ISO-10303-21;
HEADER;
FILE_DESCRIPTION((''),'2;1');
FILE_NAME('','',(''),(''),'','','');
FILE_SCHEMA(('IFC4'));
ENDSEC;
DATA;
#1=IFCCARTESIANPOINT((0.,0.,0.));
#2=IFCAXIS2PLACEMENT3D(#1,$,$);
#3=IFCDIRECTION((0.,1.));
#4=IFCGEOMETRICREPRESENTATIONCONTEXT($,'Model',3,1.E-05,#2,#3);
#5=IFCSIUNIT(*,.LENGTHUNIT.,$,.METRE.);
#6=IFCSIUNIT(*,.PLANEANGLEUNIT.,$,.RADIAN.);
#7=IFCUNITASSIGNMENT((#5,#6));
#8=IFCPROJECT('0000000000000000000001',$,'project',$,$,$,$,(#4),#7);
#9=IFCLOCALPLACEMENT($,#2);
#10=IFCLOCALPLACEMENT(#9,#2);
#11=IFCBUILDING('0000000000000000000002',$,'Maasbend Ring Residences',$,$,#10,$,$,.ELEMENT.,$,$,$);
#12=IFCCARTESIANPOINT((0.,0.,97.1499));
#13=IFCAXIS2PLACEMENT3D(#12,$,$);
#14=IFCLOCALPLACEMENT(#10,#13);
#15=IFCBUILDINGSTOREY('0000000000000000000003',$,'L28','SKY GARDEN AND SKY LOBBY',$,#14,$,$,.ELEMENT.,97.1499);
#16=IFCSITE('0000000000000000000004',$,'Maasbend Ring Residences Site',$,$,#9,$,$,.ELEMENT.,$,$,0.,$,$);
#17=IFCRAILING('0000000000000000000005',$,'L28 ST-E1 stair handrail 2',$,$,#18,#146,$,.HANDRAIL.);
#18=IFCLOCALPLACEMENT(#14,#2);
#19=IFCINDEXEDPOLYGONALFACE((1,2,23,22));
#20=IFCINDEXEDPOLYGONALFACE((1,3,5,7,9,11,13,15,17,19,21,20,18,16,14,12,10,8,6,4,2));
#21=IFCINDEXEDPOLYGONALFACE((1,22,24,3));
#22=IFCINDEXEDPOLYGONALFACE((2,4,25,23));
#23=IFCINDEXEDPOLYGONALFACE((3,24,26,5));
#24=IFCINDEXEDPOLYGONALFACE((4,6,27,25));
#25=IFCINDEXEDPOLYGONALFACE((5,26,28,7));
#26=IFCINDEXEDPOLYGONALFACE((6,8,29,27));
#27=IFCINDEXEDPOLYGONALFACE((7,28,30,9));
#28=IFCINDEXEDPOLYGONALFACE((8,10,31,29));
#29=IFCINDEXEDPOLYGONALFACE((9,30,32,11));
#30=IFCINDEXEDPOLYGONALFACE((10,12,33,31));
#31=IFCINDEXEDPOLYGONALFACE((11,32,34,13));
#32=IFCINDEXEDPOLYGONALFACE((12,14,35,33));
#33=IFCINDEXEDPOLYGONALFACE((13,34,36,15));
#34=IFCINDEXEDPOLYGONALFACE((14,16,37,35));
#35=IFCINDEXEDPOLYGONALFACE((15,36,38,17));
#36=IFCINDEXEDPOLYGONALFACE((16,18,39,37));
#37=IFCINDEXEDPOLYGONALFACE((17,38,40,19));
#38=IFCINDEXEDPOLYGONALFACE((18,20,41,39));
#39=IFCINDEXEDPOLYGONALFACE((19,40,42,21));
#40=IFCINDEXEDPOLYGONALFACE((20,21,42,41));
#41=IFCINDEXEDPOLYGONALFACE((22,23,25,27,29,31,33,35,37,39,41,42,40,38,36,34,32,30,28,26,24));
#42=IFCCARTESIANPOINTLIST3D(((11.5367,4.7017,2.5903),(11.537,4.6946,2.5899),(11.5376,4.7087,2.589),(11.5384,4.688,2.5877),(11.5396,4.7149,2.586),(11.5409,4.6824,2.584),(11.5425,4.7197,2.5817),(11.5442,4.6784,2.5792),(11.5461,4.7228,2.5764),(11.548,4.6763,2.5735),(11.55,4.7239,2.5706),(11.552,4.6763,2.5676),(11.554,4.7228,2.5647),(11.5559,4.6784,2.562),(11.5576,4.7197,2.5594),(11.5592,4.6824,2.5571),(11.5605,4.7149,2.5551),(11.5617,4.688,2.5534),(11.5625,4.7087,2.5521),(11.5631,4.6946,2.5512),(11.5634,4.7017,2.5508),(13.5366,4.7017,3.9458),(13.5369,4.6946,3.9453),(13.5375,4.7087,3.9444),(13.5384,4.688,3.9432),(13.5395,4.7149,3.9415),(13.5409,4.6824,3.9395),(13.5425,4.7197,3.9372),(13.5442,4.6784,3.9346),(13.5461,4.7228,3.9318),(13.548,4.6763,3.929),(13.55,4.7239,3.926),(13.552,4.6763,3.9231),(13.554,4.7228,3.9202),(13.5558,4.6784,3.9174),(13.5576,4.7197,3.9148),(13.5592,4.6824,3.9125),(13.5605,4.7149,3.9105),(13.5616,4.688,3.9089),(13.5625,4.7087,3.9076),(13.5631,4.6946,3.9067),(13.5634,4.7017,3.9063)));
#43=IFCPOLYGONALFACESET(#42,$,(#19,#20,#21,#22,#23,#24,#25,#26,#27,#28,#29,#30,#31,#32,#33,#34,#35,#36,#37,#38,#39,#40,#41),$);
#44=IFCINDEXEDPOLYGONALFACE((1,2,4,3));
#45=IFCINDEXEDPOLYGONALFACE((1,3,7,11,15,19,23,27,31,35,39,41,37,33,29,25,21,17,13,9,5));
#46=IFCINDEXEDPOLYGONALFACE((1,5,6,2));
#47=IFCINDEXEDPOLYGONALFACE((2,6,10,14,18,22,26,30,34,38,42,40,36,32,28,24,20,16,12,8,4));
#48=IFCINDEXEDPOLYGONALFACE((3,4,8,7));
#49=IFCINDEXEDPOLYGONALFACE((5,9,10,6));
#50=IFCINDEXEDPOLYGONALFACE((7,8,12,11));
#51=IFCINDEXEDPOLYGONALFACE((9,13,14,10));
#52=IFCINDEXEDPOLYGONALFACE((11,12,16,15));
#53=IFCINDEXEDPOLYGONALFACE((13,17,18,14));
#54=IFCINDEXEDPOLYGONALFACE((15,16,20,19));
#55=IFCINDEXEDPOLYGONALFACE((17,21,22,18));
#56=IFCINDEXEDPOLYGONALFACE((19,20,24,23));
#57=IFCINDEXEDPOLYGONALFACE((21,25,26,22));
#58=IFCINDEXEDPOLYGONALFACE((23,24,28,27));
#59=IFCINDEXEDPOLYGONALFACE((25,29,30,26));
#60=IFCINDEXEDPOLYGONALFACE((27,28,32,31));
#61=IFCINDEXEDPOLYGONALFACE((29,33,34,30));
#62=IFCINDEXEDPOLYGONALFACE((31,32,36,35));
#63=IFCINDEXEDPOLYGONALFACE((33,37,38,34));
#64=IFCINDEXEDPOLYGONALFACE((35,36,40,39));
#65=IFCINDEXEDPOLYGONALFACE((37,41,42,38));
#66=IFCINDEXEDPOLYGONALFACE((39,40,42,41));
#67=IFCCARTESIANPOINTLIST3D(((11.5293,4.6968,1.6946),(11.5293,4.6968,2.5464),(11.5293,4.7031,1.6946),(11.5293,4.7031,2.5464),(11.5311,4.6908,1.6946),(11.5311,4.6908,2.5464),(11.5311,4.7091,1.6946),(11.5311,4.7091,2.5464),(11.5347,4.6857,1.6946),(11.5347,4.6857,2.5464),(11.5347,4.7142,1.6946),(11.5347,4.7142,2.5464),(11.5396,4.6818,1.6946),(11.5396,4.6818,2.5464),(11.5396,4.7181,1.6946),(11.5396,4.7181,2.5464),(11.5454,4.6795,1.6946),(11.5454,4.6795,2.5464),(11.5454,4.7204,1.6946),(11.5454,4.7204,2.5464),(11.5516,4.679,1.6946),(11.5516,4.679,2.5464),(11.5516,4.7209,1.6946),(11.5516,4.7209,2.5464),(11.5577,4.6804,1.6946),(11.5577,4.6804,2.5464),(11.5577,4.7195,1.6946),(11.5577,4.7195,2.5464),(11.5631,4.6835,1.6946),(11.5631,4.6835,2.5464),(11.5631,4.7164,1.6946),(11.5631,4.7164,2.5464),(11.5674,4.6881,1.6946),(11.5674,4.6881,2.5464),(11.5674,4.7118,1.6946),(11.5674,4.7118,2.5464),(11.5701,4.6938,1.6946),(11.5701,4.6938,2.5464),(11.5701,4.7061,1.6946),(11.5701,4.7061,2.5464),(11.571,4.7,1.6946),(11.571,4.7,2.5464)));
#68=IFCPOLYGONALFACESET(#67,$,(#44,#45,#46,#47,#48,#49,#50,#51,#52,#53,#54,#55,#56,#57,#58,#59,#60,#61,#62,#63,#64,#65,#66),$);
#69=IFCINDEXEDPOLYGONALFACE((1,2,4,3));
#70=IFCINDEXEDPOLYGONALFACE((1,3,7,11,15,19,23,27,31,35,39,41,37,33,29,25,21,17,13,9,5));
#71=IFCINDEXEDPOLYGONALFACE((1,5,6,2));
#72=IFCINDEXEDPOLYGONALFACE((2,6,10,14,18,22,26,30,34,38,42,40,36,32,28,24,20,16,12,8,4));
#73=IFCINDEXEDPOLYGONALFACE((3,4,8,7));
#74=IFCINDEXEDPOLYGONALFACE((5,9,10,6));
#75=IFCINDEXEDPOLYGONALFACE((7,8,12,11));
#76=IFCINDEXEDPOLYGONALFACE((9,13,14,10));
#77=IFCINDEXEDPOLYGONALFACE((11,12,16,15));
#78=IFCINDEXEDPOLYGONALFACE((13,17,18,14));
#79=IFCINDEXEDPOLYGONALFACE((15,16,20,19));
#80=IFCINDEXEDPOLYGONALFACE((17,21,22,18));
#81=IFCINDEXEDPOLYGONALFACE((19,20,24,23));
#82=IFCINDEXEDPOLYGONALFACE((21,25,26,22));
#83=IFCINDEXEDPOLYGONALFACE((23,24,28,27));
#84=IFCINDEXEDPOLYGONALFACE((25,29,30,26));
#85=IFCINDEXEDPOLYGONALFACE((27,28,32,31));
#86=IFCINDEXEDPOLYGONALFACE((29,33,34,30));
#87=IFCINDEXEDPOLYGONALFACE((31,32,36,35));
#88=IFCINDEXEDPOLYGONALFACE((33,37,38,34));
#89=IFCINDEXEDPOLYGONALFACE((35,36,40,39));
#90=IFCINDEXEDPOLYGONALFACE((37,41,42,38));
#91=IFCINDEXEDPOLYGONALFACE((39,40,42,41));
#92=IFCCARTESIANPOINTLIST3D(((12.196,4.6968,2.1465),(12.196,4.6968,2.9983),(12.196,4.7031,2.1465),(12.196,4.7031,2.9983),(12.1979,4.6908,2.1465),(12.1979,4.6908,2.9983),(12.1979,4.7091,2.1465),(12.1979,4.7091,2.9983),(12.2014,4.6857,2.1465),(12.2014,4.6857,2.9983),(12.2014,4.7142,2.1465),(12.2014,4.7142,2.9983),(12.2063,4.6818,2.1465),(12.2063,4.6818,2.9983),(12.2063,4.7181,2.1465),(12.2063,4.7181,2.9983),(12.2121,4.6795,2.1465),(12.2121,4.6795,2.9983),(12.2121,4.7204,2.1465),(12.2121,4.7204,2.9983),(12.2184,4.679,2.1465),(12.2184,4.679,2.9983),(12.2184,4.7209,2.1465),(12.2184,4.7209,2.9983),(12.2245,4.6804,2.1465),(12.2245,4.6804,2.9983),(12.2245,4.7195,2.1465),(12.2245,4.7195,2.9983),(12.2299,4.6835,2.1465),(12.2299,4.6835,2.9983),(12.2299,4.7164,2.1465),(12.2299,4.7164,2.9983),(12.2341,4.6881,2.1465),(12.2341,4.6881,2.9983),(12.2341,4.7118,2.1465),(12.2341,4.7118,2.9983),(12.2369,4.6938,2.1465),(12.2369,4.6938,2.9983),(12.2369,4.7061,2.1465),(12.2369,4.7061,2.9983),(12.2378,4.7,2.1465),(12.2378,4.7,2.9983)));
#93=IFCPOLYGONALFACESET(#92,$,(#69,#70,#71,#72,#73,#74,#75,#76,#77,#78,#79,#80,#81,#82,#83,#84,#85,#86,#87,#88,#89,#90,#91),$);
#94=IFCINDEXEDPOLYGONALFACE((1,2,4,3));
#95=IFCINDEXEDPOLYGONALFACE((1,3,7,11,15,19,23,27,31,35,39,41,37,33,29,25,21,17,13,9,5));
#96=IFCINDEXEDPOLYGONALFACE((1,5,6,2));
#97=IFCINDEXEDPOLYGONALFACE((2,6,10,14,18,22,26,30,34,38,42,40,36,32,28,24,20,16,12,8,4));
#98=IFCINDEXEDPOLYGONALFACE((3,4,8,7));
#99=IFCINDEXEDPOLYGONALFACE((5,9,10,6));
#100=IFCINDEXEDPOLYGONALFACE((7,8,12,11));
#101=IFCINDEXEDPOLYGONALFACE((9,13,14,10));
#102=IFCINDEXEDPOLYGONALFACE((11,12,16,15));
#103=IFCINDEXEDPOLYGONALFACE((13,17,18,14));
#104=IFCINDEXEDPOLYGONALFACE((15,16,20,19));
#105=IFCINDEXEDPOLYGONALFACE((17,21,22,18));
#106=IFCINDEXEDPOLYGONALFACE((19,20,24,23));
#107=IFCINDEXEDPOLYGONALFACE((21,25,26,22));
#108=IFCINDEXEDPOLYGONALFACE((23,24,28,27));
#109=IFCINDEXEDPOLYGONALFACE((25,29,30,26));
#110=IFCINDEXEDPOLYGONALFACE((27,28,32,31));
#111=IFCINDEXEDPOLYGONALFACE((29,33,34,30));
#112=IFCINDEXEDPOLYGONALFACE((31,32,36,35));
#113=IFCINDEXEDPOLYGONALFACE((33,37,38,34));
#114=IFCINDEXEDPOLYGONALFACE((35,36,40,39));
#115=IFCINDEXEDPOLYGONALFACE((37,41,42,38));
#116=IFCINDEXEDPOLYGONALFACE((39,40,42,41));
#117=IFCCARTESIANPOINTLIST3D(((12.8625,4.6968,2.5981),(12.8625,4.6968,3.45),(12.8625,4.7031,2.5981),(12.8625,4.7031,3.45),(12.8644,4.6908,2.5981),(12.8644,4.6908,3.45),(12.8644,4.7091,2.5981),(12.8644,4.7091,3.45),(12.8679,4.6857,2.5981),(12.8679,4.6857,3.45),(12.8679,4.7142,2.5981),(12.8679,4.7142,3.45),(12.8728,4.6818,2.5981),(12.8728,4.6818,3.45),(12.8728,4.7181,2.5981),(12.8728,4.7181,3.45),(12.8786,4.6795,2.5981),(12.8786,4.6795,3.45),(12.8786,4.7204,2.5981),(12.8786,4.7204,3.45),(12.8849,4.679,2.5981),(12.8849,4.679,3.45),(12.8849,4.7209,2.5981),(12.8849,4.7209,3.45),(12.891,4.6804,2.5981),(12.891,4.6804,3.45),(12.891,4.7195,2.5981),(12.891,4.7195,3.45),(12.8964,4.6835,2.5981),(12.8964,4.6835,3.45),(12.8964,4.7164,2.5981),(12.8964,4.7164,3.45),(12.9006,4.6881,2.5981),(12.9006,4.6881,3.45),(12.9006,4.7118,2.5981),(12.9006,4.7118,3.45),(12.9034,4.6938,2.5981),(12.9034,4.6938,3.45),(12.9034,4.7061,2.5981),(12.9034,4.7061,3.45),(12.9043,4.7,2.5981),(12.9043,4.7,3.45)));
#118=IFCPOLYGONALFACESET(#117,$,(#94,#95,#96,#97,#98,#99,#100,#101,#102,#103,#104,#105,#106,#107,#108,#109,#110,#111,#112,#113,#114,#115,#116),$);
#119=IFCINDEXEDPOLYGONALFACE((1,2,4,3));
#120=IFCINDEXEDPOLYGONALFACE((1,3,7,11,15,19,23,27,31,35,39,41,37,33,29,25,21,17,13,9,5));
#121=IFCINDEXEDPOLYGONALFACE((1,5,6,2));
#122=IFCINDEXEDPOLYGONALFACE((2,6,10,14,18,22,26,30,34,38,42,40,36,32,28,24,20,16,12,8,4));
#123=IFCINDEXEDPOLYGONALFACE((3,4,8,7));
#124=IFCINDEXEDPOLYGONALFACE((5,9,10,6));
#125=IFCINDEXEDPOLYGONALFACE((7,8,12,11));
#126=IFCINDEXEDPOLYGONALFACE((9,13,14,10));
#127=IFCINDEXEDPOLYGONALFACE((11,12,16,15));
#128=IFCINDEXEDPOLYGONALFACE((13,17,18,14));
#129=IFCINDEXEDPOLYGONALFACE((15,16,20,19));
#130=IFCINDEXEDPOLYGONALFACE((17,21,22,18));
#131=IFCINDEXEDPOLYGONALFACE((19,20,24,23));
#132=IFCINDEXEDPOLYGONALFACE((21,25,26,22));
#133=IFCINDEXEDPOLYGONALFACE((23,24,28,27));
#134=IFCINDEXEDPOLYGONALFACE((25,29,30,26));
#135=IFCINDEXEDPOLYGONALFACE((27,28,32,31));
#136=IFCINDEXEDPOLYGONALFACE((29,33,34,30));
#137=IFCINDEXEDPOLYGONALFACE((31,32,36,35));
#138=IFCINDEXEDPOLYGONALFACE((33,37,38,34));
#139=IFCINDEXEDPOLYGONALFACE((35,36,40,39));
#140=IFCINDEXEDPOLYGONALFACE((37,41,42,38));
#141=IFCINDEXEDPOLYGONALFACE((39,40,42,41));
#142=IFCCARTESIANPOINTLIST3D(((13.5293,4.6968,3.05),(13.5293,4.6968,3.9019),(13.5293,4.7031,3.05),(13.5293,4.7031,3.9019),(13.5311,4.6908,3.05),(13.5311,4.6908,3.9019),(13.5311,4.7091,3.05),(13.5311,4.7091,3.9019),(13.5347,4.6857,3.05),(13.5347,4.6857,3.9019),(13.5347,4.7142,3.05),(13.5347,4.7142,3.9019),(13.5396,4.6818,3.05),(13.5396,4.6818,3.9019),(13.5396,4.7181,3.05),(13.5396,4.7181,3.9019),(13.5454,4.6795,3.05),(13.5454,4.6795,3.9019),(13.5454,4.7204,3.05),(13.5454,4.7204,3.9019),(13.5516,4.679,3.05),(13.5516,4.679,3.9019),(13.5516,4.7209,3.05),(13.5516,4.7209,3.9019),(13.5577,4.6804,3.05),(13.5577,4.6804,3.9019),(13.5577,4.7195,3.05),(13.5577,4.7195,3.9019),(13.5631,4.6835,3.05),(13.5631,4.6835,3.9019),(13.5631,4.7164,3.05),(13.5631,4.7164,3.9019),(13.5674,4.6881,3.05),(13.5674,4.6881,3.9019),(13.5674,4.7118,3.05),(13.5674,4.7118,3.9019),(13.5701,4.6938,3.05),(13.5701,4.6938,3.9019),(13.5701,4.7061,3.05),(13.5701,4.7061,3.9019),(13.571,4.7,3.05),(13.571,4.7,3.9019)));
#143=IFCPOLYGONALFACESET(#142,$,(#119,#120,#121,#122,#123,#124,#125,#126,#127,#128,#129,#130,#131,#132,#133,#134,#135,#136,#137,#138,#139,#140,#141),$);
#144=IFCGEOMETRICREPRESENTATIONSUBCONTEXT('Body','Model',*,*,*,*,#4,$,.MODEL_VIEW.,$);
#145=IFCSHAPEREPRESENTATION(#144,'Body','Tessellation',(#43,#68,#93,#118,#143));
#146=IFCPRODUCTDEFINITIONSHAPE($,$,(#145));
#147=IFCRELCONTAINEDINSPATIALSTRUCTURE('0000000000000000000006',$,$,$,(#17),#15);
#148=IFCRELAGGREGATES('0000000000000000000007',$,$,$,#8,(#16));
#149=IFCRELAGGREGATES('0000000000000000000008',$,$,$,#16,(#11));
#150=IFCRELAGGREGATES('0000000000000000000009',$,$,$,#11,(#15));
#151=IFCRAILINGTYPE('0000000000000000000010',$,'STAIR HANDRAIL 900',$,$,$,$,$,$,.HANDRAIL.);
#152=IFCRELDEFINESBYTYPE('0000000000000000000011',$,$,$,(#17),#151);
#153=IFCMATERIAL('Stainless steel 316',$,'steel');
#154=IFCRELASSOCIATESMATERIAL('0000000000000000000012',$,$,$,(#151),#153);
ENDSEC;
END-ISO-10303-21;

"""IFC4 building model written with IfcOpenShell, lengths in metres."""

from ifc_helpers import new_model, si_unit, direction, frame, origin, origin_2d, place, context, subcontext, project, spatial, circle, extrude, material, type_object, element, save


model = new_model("IFC4")

# Units and contexts
model_context = context("Model", 3, precision=1e-05, world=origin(), true_north=direction((0.0, 1.0)))
body_context = subcontext(model_context, "Body", "Model", "MODEL_VIEW")
ifc_project = project(units=[si_unit("LENGTHUNIT", "METRE"), si_unit("PLANEANGLEUNIT", "RADIAN")], contexts=[model_context])

# Site, building, storey
site_placement = place(None, origin())
site = spatial("IfcSite", under=ifc_project, at=site_placement, Name="Maasbend Ring Residences Site", CompositionType="ELEMENT", RefElevation=0.0)
building_placement = place(site_placement, origin())
building = spatial("IfcBuilding", under=site, at=building_placement, Name="Maasbend Ring Residences", CompositionType="ELEMENT")
storey_placement = place(building_placement, frame((0.0, 0.0, 97.1499)))
storey = spatial("IfcBuildingStorey", under=building, at=storey_placement, Name="L28", Description="SKY GARDEN AND SKY LOBBY", CompositionType="ELEMENT", Elevation=97.1499)

# Railing
ifc_material_1 = material(Name="Stainless steel 316", Category="steel")
railing_type_1 = type_object("IfcRailingType", Name="STAIR HANDRAIL 900", PredefinedType="HANDRAIL", material=ifc_material_1)
for number, where, name in (
    (1, (11.55, 4.7, 1.6946), "L28 ST-E1 stair handrail 2"),
):
    element("IfcRailing", number, at=place(storey_placement, frame(where)), inside=storey, type_object=railing_type_1, Name=name, PredefinedType="HANDRAIL", context=body_context, shape_type="SweptSolid", body=[
        extrude(circle(Radius=0.0239, at=origin_2d()), frame((0.0, 0.0, 0.876), z_axis=(0.827798, 0.0, 0.561027), x_axis=(0.0, 1.0, 0.0)), (0.0, 0.0, 1.0), 2.416),
        extrude(circle(Radius=0.021, at=origin_2d()), origin(), (0.0, 0.0, 1.0), 0.8518),
        extrude(circle(Radius=0.021, at=origin_2d()), frame((0.6667, 0.0, 0.4519)), (0.0, 0.0, 1.0), 0.8518),
        extrude(circle(Radius=0.021, at=origin_2d()), frame((1.3333, 0.0, 0.9036)), (0.0, 0.0, 1.0), 0.8518),
        extrude(circle(Radius=0.021, at=origin_2d()), frame((2.0, 0.0, 1.3555)), (0.0, 0.0, 1.0), 0.8518),
    ])

save(model, "model.ifc")
